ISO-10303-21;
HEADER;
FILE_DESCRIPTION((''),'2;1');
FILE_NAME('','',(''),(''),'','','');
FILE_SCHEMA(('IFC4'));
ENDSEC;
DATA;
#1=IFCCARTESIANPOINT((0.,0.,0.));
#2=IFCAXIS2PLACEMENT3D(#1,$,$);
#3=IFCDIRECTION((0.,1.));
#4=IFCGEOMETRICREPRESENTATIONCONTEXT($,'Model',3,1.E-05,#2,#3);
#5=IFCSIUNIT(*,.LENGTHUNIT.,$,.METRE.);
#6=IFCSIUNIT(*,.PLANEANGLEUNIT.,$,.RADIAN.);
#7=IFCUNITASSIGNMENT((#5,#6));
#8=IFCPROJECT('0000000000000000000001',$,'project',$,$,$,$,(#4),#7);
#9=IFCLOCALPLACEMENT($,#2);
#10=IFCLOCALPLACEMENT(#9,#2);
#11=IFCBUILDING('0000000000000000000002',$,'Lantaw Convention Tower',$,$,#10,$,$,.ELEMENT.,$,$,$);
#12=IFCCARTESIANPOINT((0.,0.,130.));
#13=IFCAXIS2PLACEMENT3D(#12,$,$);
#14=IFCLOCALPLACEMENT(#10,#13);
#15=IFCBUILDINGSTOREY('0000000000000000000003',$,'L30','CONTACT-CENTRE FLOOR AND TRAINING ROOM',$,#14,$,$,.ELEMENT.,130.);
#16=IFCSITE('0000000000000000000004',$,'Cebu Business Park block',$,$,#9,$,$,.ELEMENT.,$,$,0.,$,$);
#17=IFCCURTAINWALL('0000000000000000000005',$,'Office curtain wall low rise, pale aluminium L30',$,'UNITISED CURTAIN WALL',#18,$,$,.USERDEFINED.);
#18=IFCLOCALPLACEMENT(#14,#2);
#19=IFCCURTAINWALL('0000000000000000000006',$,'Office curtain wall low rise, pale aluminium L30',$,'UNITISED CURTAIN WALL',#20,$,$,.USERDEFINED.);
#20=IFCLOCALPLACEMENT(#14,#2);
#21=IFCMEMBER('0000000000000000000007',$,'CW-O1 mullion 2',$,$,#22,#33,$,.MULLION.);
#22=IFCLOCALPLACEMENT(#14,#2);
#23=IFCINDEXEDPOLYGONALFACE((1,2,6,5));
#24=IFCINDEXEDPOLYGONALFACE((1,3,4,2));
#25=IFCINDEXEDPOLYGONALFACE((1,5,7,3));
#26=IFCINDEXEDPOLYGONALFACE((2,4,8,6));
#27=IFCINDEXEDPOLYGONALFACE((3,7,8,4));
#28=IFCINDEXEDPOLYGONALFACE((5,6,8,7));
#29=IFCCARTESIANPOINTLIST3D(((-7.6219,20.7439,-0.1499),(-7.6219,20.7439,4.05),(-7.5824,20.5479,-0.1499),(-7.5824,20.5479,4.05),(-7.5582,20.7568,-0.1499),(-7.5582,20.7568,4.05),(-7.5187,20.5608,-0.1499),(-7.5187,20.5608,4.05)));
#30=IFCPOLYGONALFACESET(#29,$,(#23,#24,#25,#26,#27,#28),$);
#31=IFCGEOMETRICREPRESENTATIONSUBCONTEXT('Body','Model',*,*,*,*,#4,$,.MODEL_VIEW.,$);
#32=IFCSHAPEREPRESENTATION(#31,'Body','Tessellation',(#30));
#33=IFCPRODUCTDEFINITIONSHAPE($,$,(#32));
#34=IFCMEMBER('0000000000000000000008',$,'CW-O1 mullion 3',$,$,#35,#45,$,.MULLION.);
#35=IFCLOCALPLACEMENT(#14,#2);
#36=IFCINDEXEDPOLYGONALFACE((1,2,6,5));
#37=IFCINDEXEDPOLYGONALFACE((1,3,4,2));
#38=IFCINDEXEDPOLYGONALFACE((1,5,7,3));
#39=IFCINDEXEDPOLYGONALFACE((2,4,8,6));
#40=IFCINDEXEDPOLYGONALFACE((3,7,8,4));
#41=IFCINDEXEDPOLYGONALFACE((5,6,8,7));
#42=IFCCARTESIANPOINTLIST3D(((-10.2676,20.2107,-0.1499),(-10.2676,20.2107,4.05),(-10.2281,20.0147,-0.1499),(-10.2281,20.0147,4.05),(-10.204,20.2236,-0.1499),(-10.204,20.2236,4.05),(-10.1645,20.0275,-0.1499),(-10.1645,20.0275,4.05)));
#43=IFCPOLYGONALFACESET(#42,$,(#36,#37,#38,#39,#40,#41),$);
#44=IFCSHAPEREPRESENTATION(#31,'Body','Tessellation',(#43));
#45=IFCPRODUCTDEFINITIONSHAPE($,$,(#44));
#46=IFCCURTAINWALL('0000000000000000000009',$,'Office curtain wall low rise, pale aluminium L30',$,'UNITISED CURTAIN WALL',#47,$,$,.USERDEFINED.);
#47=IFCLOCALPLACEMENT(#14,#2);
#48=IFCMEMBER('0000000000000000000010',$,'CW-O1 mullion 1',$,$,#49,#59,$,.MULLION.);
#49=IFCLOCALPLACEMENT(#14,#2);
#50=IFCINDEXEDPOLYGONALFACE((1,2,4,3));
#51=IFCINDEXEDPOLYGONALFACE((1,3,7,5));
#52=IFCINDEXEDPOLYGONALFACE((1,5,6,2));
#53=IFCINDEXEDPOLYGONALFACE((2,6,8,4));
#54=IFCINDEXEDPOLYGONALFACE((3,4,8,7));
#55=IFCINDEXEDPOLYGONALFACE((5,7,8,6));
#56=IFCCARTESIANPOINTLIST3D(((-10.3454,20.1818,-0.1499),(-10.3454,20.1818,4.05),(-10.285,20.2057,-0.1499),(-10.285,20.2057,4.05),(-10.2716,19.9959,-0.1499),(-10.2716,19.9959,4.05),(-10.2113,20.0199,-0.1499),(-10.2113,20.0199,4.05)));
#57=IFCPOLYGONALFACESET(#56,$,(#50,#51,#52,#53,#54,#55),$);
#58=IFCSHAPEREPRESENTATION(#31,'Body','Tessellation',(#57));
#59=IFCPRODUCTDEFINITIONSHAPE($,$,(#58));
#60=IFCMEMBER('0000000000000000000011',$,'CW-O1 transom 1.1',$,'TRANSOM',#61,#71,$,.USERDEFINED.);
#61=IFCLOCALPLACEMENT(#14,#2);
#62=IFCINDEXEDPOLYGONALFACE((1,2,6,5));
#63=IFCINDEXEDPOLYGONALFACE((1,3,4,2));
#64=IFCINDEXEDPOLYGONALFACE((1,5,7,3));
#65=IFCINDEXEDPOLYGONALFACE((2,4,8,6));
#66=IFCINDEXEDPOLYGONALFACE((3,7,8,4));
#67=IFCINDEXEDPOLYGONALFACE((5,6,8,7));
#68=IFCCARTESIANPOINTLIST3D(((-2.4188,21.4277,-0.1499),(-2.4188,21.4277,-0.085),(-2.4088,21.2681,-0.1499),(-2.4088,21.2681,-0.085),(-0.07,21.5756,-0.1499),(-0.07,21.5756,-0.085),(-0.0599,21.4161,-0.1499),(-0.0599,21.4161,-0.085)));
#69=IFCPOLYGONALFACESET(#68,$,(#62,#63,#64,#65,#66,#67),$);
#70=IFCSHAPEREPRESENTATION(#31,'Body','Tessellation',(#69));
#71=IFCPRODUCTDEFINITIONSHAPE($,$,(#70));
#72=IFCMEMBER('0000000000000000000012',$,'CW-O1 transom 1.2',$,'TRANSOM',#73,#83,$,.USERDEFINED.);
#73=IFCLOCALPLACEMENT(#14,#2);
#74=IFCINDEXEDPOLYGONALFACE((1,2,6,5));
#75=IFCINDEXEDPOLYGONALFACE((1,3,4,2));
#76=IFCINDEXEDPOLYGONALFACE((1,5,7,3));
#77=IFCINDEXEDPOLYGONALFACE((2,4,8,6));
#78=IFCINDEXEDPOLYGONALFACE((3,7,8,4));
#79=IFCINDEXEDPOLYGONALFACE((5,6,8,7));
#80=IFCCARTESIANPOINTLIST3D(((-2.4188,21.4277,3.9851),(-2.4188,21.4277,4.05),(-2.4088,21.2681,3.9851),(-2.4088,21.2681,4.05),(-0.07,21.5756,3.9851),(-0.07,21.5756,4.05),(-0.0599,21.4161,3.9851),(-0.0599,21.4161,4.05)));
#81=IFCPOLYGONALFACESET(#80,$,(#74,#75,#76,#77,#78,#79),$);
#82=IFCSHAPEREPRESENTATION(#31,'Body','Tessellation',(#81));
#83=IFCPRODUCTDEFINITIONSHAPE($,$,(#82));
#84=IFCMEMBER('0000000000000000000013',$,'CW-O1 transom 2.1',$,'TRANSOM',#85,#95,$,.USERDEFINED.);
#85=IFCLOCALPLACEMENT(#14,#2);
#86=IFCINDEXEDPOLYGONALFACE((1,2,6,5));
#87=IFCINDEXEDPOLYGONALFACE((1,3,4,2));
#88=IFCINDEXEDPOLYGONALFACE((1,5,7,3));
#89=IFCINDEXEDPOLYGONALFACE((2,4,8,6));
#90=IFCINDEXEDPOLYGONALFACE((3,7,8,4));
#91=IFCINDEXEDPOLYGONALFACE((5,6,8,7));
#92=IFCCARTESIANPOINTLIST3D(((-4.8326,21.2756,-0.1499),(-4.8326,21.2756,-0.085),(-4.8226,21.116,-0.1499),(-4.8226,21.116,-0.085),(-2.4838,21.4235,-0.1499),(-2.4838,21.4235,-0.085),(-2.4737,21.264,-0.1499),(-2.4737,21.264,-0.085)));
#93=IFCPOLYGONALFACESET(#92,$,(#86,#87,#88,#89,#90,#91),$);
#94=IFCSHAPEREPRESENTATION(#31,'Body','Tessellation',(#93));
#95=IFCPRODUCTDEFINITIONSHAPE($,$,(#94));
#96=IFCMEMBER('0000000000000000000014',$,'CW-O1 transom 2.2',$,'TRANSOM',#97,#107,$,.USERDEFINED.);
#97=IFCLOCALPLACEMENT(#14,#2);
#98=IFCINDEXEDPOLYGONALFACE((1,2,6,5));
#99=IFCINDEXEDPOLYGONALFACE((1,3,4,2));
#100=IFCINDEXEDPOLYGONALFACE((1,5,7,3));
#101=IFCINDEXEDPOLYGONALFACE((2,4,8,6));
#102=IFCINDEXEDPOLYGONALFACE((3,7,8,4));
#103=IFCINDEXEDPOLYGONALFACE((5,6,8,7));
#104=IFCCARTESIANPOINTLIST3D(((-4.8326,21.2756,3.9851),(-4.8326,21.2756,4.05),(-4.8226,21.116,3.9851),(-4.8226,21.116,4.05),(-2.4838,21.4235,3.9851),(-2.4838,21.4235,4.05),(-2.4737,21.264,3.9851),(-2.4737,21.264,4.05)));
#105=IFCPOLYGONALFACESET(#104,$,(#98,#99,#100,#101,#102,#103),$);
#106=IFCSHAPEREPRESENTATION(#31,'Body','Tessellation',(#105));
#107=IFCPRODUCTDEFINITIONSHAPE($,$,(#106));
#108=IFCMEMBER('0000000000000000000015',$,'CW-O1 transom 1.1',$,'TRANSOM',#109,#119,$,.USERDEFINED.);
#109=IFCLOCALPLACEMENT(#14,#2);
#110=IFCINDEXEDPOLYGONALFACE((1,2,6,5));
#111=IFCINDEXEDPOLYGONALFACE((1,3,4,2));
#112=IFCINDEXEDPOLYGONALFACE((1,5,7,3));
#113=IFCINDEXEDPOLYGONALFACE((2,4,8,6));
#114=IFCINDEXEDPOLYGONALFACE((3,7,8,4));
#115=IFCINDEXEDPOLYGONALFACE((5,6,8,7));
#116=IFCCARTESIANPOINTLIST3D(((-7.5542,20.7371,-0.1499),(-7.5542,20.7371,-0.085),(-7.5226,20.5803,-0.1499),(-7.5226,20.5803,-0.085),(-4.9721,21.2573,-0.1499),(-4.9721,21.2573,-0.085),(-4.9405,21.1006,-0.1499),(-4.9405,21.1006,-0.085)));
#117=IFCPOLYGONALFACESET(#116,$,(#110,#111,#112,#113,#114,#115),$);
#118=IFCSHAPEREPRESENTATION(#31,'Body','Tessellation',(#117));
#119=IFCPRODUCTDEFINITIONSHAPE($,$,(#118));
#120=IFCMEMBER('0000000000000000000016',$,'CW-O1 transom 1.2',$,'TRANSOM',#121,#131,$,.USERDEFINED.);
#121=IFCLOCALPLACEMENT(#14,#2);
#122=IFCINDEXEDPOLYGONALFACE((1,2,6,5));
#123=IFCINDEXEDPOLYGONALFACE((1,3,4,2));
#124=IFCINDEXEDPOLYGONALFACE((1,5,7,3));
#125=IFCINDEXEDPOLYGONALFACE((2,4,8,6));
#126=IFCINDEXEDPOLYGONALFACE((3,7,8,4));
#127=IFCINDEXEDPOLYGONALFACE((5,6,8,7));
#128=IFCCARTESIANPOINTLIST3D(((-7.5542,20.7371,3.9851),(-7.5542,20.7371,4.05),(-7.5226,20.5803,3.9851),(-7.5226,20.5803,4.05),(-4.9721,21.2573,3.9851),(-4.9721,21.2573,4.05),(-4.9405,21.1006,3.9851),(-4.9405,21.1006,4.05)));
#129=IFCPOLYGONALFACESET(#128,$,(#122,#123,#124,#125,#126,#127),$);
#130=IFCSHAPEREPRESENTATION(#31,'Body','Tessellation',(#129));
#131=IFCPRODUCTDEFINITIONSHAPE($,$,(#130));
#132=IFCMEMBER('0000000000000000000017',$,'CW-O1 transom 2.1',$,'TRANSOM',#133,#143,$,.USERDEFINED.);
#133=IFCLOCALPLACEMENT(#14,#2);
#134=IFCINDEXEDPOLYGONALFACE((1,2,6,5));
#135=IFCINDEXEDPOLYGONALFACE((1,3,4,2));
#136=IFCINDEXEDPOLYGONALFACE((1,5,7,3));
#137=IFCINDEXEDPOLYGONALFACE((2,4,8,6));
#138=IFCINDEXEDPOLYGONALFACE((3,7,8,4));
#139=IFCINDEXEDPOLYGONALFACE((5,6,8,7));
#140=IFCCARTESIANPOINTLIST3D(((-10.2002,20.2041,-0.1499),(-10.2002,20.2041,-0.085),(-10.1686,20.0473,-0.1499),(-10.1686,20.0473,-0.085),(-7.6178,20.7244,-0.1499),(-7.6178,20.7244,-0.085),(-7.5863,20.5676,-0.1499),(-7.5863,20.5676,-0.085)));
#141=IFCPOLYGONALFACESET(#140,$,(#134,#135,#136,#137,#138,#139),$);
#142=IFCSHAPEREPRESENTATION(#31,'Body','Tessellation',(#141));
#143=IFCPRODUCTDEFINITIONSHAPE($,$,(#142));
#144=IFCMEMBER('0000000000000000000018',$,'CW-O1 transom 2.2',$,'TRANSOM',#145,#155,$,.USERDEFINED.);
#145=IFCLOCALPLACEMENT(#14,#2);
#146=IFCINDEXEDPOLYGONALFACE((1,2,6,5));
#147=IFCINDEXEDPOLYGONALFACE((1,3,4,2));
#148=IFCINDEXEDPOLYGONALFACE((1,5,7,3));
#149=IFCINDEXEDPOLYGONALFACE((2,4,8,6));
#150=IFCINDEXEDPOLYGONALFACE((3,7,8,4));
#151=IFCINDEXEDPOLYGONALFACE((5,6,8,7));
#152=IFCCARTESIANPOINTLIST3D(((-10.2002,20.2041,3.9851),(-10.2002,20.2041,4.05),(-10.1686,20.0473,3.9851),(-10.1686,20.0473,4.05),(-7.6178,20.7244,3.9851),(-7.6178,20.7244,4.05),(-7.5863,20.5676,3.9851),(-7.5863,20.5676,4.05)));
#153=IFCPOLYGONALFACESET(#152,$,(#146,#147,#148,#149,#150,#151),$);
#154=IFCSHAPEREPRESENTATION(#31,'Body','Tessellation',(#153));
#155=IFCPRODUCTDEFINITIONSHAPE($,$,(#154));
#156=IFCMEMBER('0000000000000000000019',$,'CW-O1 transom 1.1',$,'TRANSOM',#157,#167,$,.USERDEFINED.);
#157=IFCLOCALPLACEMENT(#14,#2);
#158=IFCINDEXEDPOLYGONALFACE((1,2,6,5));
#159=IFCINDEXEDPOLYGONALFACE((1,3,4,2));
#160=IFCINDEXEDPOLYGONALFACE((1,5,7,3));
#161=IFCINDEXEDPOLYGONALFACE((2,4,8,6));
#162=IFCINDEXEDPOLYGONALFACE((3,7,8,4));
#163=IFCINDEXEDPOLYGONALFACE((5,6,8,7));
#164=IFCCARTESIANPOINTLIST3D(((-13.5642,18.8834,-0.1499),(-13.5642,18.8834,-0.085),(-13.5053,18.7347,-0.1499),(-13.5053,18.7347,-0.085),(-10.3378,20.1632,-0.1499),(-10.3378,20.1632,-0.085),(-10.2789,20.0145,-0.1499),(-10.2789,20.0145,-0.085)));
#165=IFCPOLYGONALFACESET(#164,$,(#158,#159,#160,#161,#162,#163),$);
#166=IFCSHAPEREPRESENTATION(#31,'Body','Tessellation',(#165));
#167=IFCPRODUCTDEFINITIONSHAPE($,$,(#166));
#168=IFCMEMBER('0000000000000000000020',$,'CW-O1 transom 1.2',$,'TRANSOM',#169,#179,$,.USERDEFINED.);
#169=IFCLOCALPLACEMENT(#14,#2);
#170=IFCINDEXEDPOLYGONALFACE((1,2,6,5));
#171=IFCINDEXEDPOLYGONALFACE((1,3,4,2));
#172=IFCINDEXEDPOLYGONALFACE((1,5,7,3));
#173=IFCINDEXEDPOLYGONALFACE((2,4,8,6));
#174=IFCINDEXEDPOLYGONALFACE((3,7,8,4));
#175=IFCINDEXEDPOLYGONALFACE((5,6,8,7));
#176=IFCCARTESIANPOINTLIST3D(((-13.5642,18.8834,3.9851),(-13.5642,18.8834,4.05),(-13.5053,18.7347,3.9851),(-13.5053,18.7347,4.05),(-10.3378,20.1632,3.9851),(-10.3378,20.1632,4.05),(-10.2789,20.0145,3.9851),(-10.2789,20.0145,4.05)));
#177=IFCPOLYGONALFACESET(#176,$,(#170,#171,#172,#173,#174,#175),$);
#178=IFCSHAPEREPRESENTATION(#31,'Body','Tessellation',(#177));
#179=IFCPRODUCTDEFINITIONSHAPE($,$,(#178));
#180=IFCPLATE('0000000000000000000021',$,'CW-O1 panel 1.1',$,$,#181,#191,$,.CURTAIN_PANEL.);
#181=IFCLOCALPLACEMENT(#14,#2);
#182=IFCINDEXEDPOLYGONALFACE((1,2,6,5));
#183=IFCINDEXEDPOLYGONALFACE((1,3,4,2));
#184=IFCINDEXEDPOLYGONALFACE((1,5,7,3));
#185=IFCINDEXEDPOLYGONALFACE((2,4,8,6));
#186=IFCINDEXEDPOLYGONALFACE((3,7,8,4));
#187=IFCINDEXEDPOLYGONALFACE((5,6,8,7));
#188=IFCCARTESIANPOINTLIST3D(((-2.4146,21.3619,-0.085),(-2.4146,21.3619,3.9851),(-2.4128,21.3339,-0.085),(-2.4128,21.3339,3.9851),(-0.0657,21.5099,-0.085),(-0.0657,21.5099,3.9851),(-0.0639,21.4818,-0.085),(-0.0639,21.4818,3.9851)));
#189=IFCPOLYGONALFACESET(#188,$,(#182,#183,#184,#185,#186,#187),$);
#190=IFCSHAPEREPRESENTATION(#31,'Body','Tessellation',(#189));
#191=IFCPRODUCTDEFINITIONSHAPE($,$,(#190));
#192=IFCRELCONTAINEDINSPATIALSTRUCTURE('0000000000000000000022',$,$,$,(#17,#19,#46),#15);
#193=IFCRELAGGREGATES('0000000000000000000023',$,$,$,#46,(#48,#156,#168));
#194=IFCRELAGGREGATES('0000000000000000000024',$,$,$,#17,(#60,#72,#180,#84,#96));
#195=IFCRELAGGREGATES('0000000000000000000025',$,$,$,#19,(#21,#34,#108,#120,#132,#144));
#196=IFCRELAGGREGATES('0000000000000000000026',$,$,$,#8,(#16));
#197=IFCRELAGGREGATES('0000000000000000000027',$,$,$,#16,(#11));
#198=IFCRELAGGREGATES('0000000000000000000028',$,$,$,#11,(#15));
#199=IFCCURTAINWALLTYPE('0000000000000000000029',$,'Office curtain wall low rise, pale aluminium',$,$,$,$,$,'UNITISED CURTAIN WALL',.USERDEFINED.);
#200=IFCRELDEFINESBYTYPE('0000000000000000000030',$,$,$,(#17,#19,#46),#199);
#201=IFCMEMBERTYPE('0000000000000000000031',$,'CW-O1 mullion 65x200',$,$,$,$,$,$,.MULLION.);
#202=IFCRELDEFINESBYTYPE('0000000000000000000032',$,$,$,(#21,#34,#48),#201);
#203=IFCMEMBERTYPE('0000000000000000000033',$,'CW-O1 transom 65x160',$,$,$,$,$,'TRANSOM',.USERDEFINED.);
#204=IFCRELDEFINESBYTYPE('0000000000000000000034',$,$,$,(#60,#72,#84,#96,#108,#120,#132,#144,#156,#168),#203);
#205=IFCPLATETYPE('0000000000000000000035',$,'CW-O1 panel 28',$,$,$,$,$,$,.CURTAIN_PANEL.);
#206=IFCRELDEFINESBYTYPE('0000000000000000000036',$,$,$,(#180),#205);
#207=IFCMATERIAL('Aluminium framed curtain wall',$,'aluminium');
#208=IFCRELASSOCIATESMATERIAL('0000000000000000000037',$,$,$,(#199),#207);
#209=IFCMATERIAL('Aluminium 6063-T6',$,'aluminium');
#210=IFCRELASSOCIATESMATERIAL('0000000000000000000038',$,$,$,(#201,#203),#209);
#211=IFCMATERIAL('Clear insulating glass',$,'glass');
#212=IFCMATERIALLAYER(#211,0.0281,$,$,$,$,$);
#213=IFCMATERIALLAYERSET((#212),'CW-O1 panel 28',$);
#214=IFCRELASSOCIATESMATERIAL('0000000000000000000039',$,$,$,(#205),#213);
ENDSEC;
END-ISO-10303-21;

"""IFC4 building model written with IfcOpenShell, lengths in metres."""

from ifc_helpers import new_model, si_unit, direction, frame, origin, origin_2d, place, context, subcontext, project, spatial, rectangle, extrude, material, layer, layer_set, material_profile, profile_set, type_object, element, aggregate, save


model = new_model("IFC4")

# Units and contexts
model_context = context("Model", 3, precision=1e-05, world=origin(), true_north=direction((0.0, 1.0)))
body_context = subcontext(model_context, "Body", "Model", "MODEL_VIEW")
ifc_project = project(units=[si_unit("LENGTHUNIT", "METRE"), si_unit("PLANEANGLEUNIT", "RADIAN")], contexts=[model_context])

# Site, building, storey
site_placement = place(None, origin())
site = spatial("IfcSite", under=ifc_project, at=site_placement, Name="Cebu Business Park block", CompositionType="ELEMENT", RefElevation=0.0)
building_placement = place(site_placement, origin())
building = spatial("IfcBuilding", under=site, at=building_placement, Name="Lantaw Convention Tower", CompositionType="ELEMENT")
storey_placement = place(building_placement, frame((0.0, 0.0, 130.0)))
storey = spatial("IfcBuildingStorey", under=building, at=storey_placement, Name="L30", Description="CONTACT-CENTRE FLOOR AND TRAINING ROOM", CompositionType="ELEMENT", Elevation=130.0)

# Curtain walls, members
ifc_material_1 = material(Name="Aluminium framed curtain wall", Category="aluminium")
curtain_wall_type = type_object("IfcCurtainWallType", Name="Office curtain wall low rise, pale aluminium", ElementType="UNITISED CURTAIN WALL", PredefinedType="USERDEFINED", material=ifc_material_1)
curtain_wall_1_placement = place(storey_placement, origin())
curtain_wall_1 = element("IfcCurtainWall", 1, at=curtain_wall_1_placement, inside=storey, type_object=curtain_wall_type, Name="Office curtain wall low rise, pale aluminium L30", ObjectType="UNITISED CURTAIN WALL", PredefinedType="USERDEFINED")
ifc_material_2 = material(Name="Aluminium 6063-T6", Category="aluminium")
ifc_material_profile_1 = material_profile(ifc_material_2, rectangle(XDim=0.2, YDim=0.0649, at=origin_2d()), Name="CW-O1 mullion 65x200")
ifc_profile_set_1 = profile_set([ifc_material_profile_1], Name="Aluminium 6063-T6")
member_type_1 = type_object("IfcMemberType", Name="CW-O1 mullion 65x200", PredefinedType="MULLION", material=ifc_profile_set_1)
curtain_wall_2_placement = place(storey_placement, origin())
curtain_wall_2 = element("IfcCurtainWall", 2, at=curtain_wall_2_placement, inside=storey, type_object=curtain_wall_type, Name="Office curtain wall low rise, pale aluminium L30", ObjectType="UNITISED CURTAIN WALL", PredefinedType="USERDEFINED")
member_1_placement = place(storey_placement, frame((-7.5703, 20.6523, -0.1499), z_axis=(0.0, 0.0, 1.0), x_axis=(0.197507, -0.980302, 0.0)))
member_1 = element("IfcMember", 3, at=member_1_placement, type_object=member_type_1, Name="CW-O1 mullion 2", PredefinedType="MULLION", context=body_context, shape_type="SweptSolid", body=[
    extrude(rectangle(XDim=0.2, YDim=0.0649, at=origin_2d()), origin(), (0.0, 0.0, 1.0), 4.2),
])
member_2_placement = place(storey_placement, frame((-10.2161, 20.1191, -0.1499), z_axis=(0.0, 0.0, 1.0), x_axis=(0.197507, -0.980302, 0.0)))
member_2 = element("IfcMember", 4, at=member_2_placement, type_object=member_type_1, Name="CW-O1 mullion 3", PredefinedType="MULLION", context=body_context, shape_type="SweptSolid", body=[
    extrude(rectangle(XDim=0.2, YDim=0.0649, at=origin_2d()), origin(), (0.0, 0.0, 1.0), 4.2),
])

# Curtain wall, member
curtain_wall_3_placement = place(storey_placement, origin())
curtain_wall_3 = element("IfcCurtainWall", 5, at=curtain_wall_3_placement, inside=storey, type_object=curtain_wall_type, Name="Office curtain wall low rise, pale aluminium L30", ObjectType="UNITISED CURTAIN WALL", PredefinedType="USERDEFINED")
member_3_placement = place(storey_placement, frame((-10.2783, 20.1008, -0.1499), z_axis=(0.0, 0.0, 1.0), x_axis=(0.368702, -0.929548, 0.0)))
member_3 = element("IfcMember", 6, at=member_3_placement, type_object=member_type_1, Name="CW-O1 mullion 1", PredefinedType="MULLION", context=body_context, shape_type="SweptSolid", body=[
    extrude(rectangle(XDim=0.2, YDim=0.0649, at=origin_2d()), origin(), (0.0, 0.0, 1.0), 4.2),
])

# Members
ifc_material_profile_2 = material_profile(ifc_material_2, rectangle(XDim=0.1599, YDim=0.0649, at=origin_2d()), Name="CW-O1 transom 65x160")
ifc_profile_set_2 = profile_set([ifc_material_profile_2], Name="Aluminium 6063-T6")
member_type_2 = type_object("IfcMemberType", Name="CW-O1 transom 65x160", ElementType="TRANSOM", PredefinedType="USERDEFINED", material=ifc_profile_set_2)
member_4_placement = place(storey_placement, frame((-0.0649, 21.4958, -0.1174), z_axis=(-0.998022, -0.062863, 0.0), x_axis=(0.062863, -0.998022, 0.0)))
member_4 = element("IfcMember", 7, at=member_4_placement, type_object=member_type_2, Name="CW-O1 transom 1.1", ObjectType="TRANSOM", PredefinedType="USERDEFINED", context=body_context, shape_type="SweptSolid", body=[
    extrude(rectangle(XDim=0.1599, YDim=0.0649, at=origin_2d()), origin(), (0.0, 0.0, 1.0), 2.3535),
])
member_5_placement = place(storey_placement, frame((-0.0649, 21.4958, 4.0176), z_axis=(-0.998022, -0.062863, 0.0), x_axis=(0.062863, -0.998022, 0.0)))
member_5 = element("IfcMember", 8, at=member_5_placement, type_object=member_type_2, Name="CW-O1 transom 1.2", ObjectType="TRANSOM", PredefinedType="USERDEFINED", context=body_context, shape_type="SweptSolid", body=[
    extrude(rectangle(XDim=0.1599, YDim=0.0649, at=origin_2d()), origin(), (0.0, 0.0, 1.0), 2.3535),
])
member_6_placement = place(storey_placement, frame((-2.4788, 21.3438, -0.1174), z_axis=(-0.998022, -0.062863, 0.0), x_axis=(0.062863, -0.998022, 0.0)))
member_6 = element("IfcMember", 9, at=member_6_placement, type_object=member_type_2, Name="CW-O1 transom 2.1", ObjectType="TRANSOM", PredefinedType="USERDEFINED", context=body_context, shape_type="SweptSolid", body=[
    extrude(rectangle(XDim=0.1599, YDim=0.0649, at=origin_2d()), origin(), (0.0, 0.0, 1.0), 2.3535),
])
member_7_placement = place(storey_placement, frame((-2.4788, 21.3438, 4.0176), z_axis=(-0.998022, -0.062863, 0.0), x_axis=(0.062863, -0.998022, 0.0)))
member_7 = element("IfcMember", 10, at=member_7_placement, type_object=member_type_2, Name="CW-O1 transom 2.2", ObjectType="TRANSOM", PredefinedType="USERDEFINED", context=body_context, shape_type="SweptSolid", body=[
    extrude(rectangle(XDim=0.1599, YDim=0.0649, at=origin_2d()), origin(), (0.0, 0.0, 1.0), 2.3535),
])
member_8_placement = place(storey_placement, frame((-4.9563, 21.179, -0.1174), z_axis=(-0.980298, -0.197524, 0.0), x_axis=(0.197524, -0.980298, 0.0)))
member_8 = element("IfcMember", 11, at=member_8_placement, type_object=member_type_2, Name="CW-O1 transom 1.1", ObjectType="TRANSOM", PredefinedType="USERDEFINED", context=body_context, shape_type="SweptSolid", body=[
    extrude(rectangle(XDim=0.1599, YDim=0.0649, at=origin_2d()), origin(), (0.0, 0.0, 1.0), 2.634),
])
member_9_placement = place(storey_placement, frame((-4.9563, 21.179, 4.0176), z_axis=(-0.980298, -0.197524, 0.0), x_axis=(0.197524, -0.980298, 0.0)))
member_9 = element("IfcMember", 12, at=member_9_placement, type_object=member_type_2, Name="CW-O1 transom 1.2", ObjectType="TRANSOM", PredefinedType="USERDEFINED", context=body_context, shape_type="SweptSolid", body=[
    extrude(rectangle(XDim=0.1599, YDim=0.0649, at=origin_2d()), origin(), (0.0, 0.0, 1.0), 2.634),
])
member_10_placement = place(storey_placement, frame((-7.6021, 20.646, -0.1174), z_axis=(-0.980302, -0.197506, 0.0), x_axis=(0.197506, -0.980302, 0.0)))
member_10 = element("IfcMember", 13, at=member_10_placement, type_object=member_type_2, Name="CW-O1 transom 2.1", ObjectType="TRANSOM", PredefinedType="USERDEFINED", context=body_context, shape_type="SweptSolid", body=[
    extrude(rectangle(XDim=0.1599, YDim=0.0649, at=origin_2d()), origin(), (0.0, 0.0, 1.0), 2.6343),
])
member_11_placement = place(storey_placement, frame((-7.6021, 20.646, 4.0176), z_axis=(-0.980302, -0.197506, 0.0), x_axis=(0.197506, -0.980302, 0.0)))
member_11 = element("IfcMember", 14, at=member_11_placement, type_object=member_type_2, Name="CW-O1 transom 2.2", ObjectType="TRANSOM", PredefinedType="USERDEFINED", context=body_context, shape_type="SweptSolid", body=[
    extrude(rectangle(XDim=0.1599, YDim=0.0649, at=origin_2d()), origin(), (0.0, 0.0, 1.0), 2.6343),
])
member_12_placement = place(storey_placement, frame((-10.3083, 20.0889, -0.1174), z_axis=(-0.92954, -0.368721, 0.0), x_axis=(0.368721, -0.92954, 0.0)))
member_12 = element("IfcMember", 15, at=member_12_placement, type_object=member_type_2, Name="CW-O1 transom 1.1", ObjectType="TRANSOM", PredefinedType="USERDEFINED", context=body_context, shape_type="SweptSolid", body=[
    extrude(rectangle(XDim=0.1599, YDim=0.0649, at=origin_2d()), origin(), (0.0, 0.0, 1.0), 3.4709),
])
member_13_placement = place(storey_placement, frame((-10.3083, 20.0889, 4.0176), z_axis=(-0.92954, -0.368721, 0.0), x_axis=(0.368721, -0.92954, 0.0)))
member_13 = element("IfcMember", 16, at=member_13_placement, type_object=member_type_2, Name="CW-O1 transom 1.2", ObjectType="TRANSOM", PredefinedType="USERDEFINED", context=body_context, shape_type="SweptSolid", body=[
    extrude(rectangle(XDim=0.1599, YDim=0.0649, at=origin_2d()), origin(), (0.0, 0.0, 1.0), 3.4709),
])
aggregate(curtain_wall_3, [member_3, member_12, member_13])

# Plate
ifc_material_3 = material(Name="Clear insulating glass", Category="glass")
ifc_layer_1 = layer(ifc_material_3, 0.0281)
ifc_layer_set_1 = layer_set([ifc_layer_1], Name="CW-O1 panel 28")
plate_type_1 = type_object("IfcPlateType", Name="CW-O1 panel 28", PredefinedType="CURTAIN_PANEL", material=ifc_layer_set_1)
plate_1_placement = place(storey_placement, frame((-1.2393, 21.4219, -0.085), z_axis=(0.0, 0.0, 1.0), x_axis=(-0.998022, -0.062865, 0.0)))
plate_1 = element("IfcPlate", 17, at=plate_1_placement, type_object=plate_type_1, Name="CW-O1 panel 1.1", PredefinedType="CURTAIN_PANEL", context=body_context, shape_type="SweptSolid", body=[
    extrude(rectangle(XDim=2.3535, YDim=0.0281, at=origin_2d()), origin(), (0.0, 0.0, 1.0), 4.0701),
])
aggregate(curtain_wall_1, [member_4, member_5, plate_1, member_6, member_7])
aggregate(curtain_wall_2, [member_1, member_2, member_8, member_9, member_10, member_11])

save(model, "model.ifc")
